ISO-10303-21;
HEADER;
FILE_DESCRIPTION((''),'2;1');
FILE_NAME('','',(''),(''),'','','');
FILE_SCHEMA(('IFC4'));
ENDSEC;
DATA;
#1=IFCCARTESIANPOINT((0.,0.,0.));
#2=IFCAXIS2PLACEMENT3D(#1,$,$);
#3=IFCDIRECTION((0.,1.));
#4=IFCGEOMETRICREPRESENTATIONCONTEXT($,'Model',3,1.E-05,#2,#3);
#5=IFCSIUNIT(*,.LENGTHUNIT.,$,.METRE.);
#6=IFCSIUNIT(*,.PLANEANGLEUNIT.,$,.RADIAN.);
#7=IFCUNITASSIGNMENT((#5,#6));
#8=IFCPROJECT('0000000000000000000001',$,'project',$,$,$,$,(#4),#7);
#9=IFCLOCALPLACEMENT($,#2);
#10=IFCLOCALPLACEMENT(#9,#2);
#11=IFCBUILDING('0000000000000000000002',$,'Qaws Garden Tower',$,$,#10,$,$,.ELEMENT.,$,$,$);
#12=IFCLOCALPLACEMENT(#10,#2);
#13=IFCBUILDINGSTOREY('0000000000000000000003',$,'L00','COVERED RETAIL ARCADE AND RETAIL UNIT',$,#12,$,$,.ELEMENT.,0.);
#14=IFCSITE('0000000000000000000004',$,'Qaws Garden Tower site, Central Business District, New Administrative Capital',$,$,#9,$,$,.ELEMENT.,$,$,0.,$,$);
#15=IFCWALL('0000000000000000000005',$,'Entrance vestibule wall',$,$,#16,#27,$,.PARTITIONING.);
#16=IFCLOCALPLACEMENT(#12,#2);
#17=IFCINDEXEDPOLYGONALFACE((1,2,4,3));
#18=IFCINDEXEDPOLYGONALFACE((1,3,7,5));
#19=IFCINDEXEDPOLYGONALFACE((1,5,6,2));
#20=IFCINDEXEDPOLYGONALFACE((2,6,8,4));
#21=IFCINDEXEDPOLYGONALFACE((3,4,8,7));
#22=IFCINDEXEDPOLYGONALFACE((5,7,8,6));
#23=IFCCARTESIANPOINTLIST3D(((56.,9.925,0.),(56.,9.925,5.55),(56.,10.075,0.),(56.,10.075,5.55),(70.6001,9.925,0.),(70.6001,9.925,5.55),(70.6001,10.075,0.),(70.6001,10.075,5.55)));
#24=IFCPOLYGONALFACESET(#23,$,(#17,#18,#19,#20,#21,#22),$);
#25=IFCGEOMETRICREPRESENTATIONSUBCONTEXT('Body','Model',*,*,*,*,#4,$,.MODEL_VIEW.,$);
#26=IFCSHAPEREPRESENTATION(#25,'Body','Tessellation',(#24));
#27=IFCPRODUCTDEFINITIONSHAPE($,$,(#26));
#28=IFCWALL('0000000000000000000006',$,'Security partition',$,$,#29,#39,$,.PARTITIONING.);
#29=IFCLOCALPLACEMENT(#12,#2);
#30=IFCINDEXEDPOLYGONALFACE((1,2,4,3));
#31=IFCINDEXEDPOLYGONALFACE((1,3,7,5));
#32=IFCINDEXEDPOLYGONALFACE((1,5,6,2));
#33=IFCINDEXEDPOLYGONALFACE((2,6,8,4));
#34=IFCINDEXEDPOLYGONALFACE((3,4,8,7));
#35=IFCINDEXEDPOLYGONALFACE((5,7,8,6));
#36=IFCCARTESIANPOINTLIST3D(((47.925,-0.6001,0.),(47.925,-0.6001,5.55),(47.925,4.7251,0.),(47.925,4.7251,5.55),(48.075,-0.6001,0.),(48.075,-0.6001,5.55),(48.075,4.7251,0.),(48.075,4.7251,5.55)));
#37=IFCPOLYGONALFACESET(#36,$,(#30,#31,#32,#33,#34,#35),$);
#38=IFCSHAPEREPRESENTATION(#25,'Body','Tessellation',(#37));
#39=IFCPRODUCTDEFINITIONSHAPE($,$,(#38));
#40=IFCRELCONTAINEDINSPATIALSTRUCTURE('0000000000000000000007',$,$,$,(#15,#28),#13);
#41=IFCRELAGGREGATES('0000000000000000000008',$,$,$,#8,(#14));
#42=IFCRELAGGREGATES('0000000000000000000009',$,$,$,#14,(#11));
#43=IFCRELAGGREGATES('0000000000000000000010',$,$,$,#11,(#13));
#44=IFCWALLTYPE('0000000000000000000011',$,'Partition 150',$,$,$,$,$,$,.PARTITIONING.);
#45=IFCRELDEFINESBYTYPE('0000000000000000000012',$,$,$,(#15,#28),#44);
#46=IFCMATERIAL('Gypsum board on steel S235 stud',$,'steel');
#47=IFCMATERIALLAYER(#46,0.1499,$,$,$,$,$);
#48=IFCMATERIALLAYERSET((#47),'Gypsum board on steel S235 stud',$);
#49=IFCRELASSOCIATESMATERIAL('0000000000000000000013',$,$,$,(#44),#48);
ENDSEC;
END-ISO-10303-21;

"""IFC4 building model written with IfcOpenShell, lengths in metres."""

from ifc_helpers import new_model, si_unit, direction, frame, frame_2d, origin, place, context, subcontext, project, spatial, rectangle, extrude, material, layer, layer_set, type_object, element, save


model = new_model("IFC4")

# Units and contexts
model_context = context("Model", 3, precision=1e-05, world=origin(), true_north=direction((0.0, 1.0)))
body_context = subcontext(model_context, "Body", "Model", "MODEL_VIEW")
ifc_project = project(units=[si_unit("LENGTHUNIT", "METRE"), si_unit("PLANEANGLEUNIT", "RADIAN")], contexts=[model_context])

# Site, building, storey
site_placement = place(None, origin())
site = spatial("IfcSite", under=ifc_project, at=site_placement, Name="Qaws Garden Tower site, Central Business District, New Administrative Capital", CompositionType="ELEMENT", RefElevation=0.0)
building_placement = place(site_placement, origin())
building = spatial("IfcBuilding", under=site, at=building_placement, Name="Qaws Garden Tower", CompositionType="ELEMENT")
storey_placement = place(building_placement, origin())
storey = spatial("IfcBuildingStorey", under=building, at=storey_placement, Name="L00", Description="COVERED RETAIL ARCADE AND RETAIL UNIT", CompositionType="ELEMENT", Elevation=0.0)

# Shared definitions
ifc_material_1 = material(Name="Gypsum board on steel S235 stud", Category="steel")
ifc_layer = layer(ifc_material_1, 0.1499)
ifc_layer_set = layer_set([ifc_layer], Name="Gypsum board on steel S235 stud")
wall_type = type_object("IfcWallType", Name="Partition 150", PredefinedType="PARTITIONING", material=ifc_layer_set)

# Walls
wall_1_placement = place(storey_placement, frame((56.0, 10.0, 0.0), z_axis=(0.0, 0.0, 1.0), x_axis=(1.0, 0.0, 0.0)))
element("IfcWall", 1, at=wall_1_placement, inside=storey, type_object=wall_type, Name="Entrance vestibule wall", PredefinedType="PARTITIONING", context=body_context, shape_type="SweptSolid", body=[
    extrude(rectangle(XDim=14.6001, YDim=0.1499, at=frame_2d((7.3, 0.0))), origin(), (0.0, 0.0, 1.0), 5.55),
])
wall_2_placement = place(storey_placement, frame((48.0, -0.6001, 0.0), z_axis=(0.0, 0.0, 1.0), x_axis=(0.0, 1.0, 0.0)))
element("IfcWall", 2, at=wall_2_placement, inside=storey, type_object=wall_type, Name="Security partition", PredefinedType="PARTITIONING", context=body_context, shape_type="SweptSolid", body=[
    extrude(rectangle(XDim=5.3252, YDim=0.1499, at=frame_2d((2.6626, 0.0))), origin(), (0.0, 0.0, 1.0), 5.55),
])

save(model, "model.ifc")
